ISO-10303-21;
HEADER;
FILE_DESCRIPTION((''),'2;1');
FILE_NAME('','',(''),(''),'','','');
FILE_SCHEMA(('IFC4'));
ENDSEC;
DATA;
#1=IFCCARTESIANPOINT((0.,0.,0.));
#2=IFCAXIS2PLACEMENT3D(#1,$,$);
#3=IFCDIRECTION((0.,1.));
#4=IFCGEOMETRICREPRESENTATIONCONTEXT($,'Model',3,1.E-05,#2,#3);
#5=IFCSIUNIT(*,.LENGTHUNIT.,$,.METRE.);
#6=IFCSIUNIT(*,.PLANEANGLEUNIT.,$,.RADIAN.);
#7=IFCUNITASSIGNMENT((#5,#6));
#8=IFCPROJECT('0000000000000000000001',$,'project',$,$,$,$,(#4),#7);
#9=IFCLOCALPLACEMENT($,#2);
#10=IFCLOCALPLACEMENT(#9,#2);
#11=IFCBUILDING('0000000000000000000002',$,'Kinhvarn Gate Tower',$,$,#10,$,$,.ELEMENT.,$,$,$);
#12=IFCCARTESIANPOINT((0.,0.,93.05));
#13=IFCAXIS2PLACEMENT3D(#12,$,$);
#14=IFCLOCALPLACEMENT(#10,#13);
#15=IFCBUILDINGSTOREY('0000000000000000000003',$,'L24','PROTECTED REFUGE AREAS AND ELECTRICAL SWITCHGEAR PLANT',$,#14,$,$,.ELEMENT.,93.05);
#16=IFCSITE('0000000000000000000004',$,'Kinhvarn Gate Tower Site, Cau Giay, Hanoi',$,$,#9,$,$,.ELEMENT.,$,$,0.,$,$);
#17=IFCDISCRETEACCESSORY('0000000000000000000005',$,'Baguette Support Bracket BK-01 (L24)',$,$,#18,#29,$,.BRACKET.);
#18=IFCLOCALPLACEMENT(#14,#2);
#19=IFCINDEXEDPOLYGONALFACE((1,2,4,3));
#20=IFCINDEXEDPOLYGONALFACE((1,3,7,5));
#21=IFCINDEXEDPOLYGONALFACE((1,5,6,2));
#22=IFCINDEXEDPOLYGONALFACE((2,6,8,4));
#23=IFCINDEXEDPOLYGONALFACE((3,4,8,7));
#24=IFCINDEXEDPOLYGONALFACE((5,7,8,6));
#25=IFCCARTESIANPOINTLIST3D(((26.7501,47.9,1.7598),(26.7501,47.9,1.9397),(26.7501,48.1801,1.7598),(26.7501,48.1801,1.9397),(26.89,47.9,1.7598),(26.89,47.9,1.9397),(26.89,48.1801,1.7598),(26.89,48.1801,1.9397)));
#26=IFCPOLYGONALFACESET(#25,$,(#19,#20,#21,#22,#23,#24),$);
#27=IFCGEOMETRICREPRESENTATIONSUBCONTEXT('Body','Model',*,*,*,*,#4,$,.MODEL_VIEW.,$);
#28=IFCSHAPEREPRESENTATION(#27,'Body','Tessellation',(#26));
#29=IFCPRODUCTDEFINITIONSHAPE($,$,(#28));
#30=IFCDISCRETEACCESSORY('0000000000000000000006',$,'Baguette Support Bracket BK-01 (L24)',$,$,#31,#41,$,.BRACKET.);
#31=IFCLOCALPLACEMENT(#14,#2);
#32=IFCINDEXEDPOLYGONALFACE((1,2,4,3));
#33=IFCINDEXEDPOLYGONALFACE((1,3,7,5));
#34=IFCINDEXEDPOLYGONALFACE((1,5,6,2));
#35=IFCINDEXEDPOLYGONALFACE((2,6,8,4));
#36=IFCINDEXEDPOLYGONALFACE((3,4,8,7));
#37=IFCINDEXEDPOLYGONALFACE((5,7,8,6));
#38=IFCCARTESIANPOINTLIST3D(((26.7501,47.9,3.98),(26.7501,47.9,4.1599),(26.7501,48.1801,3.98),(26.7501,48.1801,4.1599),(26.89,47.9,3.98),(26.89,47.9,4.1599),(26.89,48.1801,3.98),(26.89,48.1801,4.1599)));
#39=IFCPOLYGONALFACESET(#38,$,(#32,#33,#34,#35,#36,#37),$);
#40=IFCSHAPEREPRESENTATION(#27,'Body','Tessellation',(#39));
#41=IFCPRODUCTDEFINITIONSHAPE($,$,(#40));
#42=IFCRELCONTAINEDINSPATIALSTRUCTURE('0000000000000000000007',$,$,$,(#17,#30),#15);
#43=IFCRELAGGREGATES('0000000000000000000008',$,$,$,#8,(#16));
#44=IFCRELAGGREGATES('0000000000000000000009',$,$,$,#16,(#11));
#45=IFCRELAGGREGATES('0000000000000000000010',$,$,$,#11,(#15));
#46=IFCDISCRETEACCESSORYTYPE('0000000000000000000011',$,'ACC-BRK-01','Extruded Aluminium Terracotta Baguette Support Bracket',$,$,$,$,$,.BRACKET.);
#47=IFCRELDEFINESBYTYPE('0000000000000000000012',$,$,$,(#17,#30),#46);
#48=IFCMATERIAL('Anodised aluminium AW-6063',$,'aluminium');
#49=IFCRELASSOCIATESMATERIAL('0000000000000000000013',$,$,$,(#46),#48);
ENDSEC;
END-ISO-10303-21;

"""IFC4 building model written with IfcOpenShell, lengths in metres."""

from ifc_helpers import new_model, si_unit, direction, frame, origin, origin_2d, place, context, subcontext, project, spatial, rectangle, extrude, material, type_object, element, save


model = new_model("IFC4")

# Units and contexts
model_context = context("Model", 3, precision=1e-05, world=origin(), true_north=direction((0.0, 1.0)))
body_context = subcontext(model_context, "Body", "Model", "MODEL_VIEW")
ifc_project = project(units=[si_unit("LENGTHUNIT", "METRE"), si_unit("PLANEANGLEUNIT", "RADIAN")], contexts=[model_context])

# Site, building, storey
site_placement = place(None, origin())
site = spatial("IfcSite", under=ifc_project, at=site_placement, Name="Kinhvarn Gate Tower Site, Cau Giay, Hanoi", CompositionType="ELEMENT", RefElevation=0.0)
building_placement = place(site_placement, origin())
building = spatial("IfcBuilding", under=site, at=building_placement, Name="Kinhvarn Gate Tower", CompositionType="ELEMENT")
storey_placement = place(building_placement, frame((0.0, 0.0, 93.05)))
storey = spatial("IfcBuildingStorey", under=building, at=storey_placement, Name="L24", Description="PROTECTED REFUGE AREAS AND ELECTRICAL SWITCHGEAR PLANT", CompositionType="ELEMENT", Elevation=93.05)

# Shared definitions
ifc_material_1 = material(Name="Anodised aluminium AW-6063", Category="aluminium")

# Discrete accessories
discrete_accessory_type = type_object("IfcDiscreteAccessoryType", Name="ACC-BRK-01", Description="Extruded Aluminium Terracotta Baguette Support Bracket", PredefinedType="BRACKET", material=ifc_material_1)
for number, where, z_axis, x_axis, name in (
    (1, (26.8201, 48.04, 1.7598), (0.0, 0.0, 1.0), (-1.0, 0.0, 0.0), "Baguette Support Bracket BK-01 (L24)"),
    (2, (26.8201, 48.04, 3.98), (0.0, 0.0, 1.0), (-1.0, 0.0, 0.0), "Baguette Support Bracket BK-01 (L24)"),
):
    element("IfcDiscreteAccessory", number, at=place(storey_placement, frame(where, z_axis=z_axis, x_axis=x_axis)), inside=storey, type_object=discrete_accessory_type, Name=name, PredefinedType="BRACKET", context=body_context, shape_type="SweptSolid", body=[
        extrude(rectangle(XDim=0.1399, YDim=0.28, at=origin_2d()), origin(), (0.0, 0.0, 1.0), 0.1799),
    ])

save(model, "model.ifc")
